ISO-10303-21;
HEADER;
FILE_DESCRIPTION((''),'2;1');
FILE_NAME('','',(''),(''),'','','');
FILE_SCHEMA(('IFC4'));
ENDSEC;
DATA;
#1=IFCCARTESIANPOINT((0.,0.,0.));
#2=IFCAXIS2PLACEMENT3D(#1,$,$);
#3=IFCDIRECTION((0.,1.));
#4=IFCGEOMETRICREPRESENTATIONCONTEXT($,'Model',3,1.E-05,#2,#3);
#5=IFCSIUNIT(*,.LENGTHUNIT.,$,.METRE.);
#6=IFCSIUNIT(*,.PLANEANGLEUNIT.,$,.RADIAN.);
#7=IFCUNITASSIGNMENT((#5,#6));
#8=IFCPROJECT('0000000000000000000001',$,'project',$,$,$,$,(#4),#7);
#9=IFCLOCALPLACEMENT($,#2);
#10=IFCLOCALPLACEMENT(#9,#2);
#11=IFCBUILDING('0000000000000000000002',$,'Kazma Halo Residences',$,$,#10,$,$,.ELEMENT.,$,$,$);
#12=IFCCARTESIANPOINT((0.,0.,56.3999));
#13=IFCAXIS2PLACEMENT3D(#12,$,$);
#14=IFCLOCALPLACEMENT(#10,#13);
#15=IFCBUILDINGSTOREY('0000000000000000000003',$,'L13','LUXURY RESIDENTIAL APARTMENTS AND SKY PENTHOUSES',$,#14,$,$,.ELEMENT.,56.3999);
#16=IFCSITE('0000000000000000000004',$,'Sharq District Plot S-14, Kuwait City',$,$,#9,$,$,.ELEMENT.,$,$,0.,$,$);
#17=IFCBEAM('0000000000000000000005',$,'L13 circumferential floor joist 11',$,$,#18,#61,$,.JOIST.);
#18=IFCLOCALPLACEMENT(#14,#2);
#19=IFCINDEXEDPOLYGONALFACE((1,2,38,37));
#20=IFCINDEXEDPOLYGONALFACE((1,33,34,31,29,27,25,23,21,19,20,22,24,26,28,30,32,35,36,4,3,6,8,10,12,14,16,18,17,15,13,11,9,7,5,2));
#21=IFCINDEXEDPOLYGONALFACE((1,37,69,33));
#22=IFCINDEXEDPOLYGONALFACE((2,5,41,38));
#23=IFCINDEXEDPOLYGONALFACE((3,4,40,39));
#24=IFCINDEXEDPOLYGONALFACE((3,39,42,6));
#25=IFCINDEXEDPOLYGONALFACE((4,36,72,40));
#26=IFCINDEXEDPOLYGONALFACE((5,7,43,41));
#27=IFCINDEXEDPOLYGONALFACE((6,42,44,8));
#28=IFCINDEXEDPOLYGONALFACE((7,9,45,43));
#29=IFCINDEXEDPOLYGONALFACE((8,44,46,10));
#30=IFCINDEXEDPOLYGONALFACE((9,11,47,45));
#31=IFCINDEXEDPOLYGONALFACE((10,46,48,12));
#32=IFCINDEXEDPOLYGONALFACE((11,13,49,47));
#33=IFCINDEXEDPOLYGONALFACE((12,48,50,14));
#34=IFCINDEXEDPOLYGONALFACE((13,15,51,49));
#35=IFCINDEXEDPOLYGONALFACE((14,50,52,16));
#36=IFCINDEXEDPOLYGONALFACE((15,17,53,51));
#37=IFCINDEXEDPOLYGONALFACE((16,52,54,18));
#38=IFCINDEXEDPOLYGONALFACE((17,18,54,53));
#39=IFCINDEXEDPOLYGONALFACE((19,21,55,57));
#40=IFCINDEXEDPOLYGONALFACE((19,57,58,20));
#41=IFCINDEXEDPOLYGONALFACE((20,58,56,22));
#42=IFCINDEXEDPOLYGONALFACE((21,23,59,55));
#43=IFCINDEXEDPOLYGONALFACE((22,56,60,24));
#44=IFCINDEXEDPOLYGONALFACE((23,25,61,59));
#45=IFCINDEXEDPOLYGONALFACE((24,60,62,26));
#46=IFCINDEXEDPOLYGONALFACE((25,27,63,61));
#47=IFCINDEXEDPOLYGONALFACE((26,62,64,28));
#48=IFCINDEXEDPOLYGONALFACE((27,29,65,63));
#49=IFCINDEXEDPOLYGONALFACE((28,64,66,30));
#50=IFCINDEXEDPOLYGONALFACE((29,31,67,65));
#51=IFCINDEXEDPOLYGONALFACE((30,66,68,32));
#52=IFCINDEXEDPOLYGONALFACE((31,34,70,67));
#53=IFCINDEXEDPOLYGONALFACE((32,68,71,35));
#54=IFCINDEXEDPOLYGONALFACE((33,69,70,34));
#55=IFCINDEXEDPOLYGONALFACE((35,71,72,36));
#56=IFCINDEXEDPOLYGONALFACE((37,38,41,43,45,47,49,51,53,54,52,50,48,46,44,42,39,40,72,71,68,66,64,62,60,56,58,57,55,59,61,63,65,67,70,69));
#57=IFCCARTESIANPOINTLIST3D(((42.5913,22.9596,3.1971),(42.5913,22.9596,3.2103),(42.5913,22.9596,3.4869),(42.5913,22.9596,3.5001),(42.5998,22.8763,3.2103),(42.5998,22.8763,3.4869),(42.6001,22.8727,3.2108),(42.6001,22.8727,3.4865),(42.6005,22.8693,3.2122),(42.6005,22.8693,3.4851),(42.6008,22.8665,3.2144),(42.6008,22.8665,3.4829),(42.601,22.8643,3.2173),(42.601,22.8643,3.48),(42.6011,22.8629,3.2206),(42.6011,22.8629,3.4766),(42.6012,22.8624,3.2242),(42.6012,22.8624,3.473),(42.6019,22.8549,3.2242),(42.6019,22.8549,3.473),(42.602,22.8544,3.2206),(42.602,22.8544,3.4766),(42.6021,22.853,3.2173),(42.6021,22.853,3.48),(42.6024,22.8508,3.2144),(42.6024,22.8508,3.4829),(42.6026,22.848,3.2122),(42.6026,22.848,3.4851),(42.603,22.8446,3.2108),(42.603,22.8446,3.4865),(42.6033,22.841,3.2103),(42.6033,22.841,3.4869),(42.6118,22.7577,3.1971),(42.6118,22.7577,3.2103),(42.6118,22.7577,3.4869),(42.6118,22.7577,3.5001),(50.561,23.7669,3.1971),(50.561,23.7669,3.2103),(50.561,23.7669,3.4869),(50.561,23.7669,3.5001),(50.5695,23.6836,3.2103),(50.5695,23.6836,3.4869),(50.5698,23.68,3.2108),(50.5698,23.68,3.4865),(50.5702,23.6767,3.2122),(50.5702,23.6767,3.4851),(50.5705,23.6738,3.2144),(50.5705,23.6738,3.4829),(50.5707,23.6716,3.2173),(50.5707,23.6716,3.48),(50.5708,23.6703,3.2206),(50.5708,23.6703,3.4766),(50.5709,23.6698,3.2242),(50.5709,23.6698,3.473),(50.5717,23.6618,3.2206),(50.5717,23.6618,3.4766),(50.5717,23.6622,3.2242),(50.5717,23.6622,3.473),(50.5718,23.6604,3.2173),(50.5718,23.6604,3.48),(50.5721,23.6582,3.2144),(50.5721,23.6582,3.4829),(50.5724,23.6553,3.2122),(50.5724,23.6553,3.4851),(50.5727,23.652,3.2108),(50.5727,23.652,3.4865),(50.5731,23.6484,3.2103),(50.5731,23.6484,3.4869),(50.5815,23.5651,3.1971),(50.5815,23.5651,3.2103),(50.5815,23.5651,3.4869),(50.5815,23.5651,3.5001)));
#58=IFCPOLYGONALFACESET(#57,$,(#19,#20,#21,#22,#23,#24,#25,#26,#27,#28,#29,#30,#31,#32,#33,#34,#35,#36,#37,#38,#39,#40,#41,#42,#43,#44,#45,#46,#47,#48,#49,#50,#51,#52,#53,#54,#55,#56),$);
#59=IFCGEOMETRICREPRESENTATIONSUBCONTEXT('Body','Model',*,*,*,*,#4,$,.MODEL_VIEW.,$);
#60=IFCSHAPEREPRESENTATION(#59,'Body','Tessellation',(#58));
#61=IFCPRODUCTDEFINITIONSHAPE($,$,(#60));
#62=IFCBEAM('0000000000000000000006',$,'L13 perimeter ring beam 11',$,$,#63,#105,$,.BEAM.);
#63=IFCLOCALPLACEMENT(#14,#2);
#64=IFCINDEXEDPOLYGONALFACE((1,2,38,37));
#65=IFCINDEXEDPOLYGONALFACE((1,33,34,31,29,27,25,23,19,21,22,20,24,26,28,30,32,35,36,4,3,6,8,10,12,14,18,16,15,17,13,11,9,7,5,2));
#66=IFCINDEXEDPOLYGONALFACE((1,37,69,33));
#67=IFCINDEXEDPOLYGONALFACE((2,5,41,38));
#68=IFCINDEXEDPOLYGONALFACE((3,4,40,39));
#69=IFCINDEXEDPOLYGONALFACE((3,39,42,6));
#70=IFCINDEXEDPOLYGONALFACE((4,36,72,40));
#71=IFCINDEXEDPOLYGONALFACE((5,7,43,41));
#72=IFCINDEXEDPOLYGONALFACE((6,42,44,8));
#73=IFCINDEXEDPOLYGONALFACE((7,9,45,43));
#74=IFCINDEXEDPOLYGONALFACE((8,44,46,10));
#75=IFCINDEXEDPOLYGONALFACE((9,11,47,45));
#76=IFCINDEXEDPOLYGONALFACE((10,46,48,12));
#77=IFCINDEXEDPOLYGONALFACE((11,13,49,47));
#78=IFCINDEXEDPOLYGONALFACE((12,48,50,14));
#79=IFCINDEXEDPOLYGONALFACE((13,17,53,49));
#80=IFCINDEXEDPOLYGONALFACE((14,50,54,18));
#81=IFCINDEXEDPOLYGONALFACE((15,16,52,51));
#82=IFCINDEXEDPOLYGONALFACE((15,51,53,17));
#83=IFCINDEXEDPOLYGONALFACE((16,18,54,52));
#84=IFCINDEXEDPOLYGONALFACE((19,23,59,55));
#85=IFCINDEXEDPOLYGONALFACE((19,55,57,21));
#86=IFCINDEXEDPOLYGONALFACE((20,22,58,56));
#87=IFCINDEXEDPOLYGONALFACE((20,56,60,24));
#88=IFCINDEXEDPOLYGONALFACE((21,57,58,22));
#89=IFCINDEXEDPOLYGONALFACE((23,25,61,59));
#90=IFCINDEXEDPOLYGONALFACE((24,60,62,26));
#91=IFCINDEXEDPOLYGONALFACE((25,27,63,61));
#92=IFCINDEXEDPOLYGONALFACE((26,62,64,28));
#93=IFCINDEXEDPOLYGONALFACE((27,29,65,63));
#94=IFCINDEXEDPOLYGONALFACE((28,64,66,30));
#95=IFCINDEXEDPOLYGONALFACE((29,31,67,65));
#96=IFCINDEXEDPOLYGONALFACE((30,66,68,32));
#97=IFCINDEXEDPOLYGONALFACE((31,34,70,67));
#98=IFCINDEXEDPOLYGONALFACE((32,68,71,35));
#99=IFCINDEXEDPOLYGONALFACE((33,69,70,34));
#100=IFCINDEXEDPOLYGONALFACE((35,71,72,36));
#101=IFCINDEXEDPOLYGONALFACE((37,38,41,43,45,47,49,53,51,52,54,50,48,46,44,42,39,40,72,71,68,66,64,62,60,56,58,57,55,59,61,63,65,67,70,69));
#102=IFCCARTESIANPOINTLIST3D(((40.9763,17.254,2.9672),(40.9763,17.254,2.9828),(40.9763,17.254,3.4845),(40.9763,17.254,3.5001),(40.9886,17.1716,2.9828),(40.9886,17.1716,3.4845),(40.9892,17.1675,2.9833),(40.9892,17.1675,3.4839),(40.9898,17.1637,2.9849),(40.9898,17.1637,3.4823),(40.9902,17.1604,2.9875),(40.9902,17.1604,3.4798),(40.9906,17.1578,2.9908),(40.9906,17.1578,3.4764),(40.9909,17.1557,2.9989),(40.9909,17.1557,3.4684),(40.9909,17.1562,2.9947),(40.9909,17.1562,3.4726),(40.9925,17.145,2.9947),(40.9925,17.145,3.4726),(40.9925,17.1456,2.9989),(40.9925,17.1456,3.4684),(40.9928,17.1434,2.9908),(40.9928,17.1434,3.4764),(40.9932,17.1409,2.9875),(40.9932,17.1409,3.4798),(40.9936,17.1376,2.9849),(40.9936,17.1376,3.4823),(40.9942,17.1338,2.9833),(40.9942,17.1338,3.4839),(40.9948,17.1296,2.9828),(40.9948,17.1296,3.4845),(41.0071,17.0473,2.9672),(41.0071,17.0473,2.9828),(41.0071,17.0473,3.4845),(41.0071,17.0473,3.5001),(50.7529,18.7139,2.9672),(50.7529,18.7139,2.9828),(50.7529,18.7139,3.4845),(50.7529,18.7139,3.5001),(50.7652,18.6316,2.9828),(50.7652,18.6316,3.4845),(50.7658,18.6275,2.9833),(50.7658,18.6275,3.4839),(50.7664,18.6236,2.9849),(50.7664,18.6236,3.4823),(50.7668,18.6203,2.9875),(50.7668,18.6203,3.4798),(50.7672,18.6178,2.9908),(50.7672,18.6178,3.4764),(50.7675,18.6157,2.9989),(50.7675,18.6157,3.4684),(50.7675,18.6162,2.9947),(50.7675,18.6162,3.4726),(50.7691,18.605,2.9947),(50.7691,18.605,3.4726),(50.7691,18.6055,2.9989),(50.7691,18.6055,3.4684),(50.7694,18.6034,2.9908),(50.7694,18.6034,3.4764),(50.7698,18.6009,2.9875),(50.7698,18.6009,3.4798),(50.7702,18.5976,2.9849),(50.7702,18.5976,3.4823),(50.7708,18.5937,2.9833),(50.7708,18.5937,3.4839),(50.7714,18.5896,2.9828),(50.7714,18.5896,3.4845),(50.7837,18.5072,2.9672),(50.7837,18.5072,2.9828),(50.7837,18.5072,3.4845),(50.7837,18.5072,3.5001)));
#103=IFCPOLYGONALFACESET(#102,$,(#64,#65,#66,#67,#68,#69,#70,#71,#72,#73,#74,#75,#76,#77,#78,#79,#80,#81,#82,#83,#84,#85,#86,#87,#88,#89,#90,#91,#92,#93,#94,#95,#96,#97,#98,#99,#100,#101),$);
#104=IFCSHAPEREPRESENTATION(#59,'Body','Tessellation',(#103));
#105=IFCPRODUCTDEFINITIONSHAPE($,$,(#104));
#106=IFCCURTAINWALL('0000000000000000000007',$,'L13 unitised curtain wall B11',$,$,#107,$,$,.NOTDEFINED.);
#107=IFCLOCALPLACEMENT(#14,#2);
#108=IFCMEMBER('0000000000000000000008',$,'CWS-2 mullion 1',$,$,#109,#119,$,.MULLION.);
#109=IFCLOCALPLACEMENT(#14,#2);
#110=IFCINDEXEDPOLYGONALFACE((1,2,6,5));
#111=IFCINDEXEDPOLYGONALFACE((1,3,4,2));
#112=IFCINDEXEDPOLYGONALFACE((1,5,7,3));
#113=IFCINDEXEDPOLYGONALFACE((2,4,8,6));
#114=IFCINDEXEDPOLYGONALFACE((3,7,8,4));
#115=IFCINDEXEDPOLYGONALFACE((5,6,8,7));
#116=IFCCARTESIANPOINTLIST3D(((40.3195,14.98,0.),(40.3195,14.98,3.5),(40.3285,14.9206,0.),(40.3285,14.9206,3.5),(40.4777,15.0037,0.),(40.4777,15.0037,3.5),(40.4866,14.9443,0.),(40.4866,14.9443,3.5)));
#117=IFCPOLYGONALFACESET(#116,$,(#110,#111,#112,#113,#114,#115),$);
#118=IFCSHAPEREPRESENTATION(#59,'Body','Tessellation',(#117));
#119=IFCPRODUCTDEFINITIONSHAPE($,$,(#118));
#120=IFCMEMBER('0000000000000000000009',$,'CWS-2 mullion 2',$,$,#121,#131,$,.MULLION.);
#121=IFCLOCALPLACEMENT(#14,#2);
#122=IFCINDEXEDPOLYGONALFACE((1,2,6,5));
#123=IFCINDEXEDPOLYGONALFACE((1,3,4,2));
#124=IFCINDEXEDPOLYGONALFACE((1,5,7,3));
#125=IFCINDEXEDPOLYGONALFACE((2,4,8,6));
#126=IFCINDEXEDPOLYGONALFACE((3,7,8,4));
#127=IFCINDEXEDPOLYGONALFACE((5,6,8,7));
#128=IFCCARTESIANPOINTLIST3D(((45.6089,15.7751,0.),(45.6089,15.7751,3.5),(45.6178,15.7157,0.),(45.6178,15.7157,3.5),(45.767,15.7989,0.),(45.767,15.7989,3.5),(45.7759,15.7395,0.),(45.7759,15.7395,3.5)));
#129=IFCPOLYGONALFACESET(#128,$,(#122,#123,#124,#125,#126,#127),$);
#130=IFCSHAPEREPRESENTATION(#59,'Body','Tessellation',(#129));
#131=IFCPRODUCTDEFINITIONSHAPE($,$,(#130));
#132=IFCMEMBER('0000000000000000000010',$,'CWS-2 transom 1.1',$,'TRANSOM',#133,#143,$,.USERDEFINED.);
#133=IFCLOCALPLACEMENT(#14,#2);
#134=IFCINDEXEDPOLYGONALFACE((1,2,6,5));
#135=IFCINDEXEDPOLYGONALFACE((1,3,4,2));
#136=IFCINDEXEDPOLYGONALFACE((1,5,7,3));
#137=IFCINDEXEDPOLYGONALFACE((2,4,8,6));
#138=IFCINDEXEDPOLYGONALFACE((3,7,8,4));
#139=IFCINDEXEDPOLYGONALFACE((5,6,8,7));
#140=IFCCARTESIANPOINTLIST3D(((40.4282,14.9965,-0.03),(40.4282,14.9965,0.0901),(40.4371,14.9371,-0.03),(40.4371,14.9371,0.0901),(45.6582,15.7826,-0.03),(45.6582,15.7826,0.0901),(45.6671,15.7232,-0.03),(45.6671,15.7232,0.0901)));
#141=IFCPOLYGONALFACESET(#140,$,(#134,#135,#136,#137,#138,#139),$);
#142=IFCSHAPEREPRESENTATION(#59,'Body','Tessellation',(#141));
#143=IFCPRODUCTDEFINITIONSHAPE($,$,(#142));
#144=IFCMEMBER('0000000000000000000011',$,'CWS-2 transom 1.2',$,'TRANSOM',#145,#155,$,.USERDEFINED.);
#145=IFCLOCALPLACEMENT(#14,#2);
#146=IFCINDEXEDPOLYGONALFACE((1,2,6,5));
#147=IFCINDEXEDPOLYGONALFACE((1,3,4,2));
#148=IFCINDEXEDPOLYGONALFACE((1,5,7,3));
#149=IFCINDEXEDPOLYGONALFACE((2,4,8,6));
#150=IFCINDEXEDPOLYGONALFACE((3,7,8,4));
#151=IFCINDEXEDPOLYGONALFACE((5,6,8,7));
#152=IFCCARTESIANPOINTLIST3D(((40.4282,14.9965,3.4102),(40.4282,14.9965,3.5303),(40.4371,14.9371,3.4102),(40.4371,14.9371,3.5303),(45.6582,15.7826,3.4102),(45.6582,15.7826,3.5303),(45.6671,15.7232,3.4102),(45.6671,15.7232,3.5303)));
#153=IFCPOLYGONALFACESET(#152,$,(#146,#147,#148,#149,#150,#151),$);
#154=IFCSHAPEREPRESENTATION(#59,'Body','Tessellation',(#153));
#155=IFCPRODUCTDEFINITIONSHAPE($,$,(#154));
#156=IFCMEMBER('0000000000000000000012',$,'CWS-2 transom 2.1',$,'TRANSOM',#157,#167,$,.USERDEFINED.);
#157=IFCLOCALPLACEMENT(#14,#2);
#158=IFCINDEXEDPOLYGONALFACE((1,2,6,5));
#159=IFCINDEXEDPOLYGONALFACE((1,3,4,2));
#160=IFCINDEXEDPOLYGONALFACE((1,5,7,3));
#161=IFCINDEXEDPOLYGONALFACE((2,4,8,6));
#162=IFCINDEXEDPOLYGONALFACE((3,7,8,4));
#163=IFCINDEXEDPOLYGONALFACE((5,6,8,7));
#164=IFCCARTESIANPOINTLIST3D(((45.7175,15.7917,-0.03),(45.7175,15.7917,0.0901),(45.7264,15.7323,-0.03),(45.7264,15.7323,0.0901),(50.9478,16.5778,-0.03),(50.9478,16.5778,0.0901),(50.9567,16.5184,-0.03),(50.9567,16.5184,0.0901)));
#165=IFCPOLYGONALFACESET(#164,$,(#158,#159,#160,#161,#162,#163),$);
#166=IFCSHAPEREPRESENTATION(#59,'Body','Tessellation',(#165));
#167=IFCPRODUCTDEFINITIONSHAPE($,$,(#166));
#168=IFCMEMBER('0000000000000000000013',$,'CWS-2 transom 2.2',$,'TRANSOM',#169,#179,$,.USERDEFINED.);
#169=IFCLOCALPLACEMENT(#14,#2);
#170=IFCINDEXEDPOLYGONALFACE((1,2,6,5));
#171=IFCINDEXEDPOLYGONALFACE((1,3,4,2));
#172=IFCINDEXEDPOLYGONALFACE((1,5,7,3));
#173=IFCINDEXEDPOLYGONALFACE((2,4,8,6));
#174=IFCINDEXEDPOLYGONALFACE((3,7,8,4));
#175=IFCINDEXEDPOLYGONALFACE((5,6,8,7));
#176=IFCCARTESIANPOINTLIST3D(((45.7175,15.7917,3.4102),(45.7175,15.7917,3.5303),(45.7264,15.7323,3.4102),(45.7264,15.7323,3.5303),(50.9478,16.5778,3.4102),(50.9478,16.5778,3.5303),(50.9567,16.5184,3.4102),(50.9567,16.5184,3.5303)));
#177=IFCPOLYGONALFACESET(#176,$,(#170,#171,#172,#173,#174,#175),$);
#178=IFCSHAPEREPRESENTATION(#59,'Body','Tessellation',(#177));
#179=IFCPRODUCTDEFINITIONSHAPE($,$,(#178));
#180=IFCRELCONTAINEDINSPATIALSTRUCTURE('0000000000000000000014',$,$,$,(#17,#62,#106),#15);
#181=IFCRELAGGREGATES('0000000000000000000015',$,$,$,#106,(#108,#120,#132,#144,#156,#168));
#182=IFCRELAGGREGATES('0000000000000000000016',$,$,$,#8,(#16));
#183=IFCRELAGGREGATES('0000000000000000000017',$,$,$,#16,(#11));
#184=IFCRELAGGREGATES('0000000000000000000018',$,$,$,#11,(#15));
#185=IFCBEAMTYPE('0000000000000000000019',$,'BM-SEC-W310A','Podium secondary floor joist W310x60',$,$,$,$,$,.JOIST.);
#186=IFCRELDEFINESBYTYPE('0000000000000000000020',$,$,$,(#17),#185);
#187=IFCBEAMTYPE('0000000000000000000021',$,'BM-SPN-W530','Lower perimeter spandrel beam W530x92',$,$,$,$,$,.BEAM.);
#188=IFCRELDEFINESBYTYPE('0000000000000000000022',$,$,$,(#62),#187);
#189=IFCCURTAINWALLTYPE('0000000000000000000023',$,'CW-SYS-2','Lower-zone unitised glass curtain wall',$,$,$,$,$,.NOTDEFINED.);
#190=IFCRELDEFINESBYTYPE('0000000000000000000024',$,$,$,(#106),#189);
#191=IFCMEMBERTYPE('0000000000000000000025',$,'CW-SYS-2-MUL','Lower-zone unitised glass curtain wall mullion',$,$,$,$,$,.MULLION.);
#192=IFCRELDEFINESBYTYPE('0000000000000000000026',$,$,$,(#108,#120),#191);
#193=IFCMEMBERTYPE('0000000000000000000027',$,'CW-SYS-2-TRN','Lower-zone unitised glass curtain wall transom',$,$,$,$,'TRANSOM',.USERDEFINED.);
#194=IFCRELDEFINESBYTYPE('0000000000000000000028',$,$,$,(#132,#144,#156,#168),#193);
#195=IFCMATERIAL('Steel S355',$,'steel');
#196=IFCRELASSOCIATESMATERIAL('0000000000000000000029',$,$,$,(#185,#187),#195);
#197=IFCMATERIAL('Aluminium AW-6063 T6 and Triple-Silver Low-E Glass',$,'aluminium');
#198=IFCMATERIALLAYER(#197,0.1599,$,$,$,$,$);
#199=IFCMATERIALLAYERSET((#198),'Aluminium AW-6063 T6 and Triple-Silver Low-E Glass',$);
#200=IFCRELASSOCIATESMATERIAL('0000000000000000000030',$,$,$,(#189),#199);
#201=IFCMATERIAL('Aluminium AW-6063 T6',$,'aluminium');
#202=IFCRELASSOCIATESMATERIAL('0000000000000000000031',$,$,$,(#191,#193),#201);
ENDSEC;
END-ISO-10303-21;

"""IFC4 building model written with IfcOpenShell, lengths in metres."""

from ifc_helpers import new_model, si_unit, direction, frame, origin, origin_2d, place, context, subcontext, project, spatial, rectangle, i_section, extrude, material, layer, layer_set, material_profile, profile_set, type_object, element, aggregate, save


model = new_model("IFC4")

# Units and contexts
model_context = context("Model", 3, precision=1e-05, world=origin(), true_north=direction((0.0, 1.0)))
body_context = subcontext(model_context, "Body", "Model", "MODEL_VIEW")
ifc_project = project(units=[si_unit("LENGTHUNIT", "METRE"), si_unit("PLANEANGLEUNIT", "RADIAN")], contexts=[model_context])

# Site, building, storey
site_placement = place(None, origin())
site = spatial("IfcSite", under=ifc_project, at=site_placement, Name="Sharq District Plot S-14, Kuwait City", CompositionType="ELEMENT", RefElevation=0.0)
building_placement = place(site_placement, origin())
building = spatial("IfcBuilding", under=site, at=building_placement, Name="Kazma Halo Residences", CompositionType="ELEMENT")
storey_placement = place(building_placement, frame((0.0, 0.0, 56.3999)))
storey = spatial("IfcBuildingStorey", under=building, at=storey_placement, Name="L13", Description="LUXURY RESIDENTIAL APARTMENTS AND SKY PENTHOUSES", CompositionType="ELEMENT", Elevation=56.3999)

# Beams
ifc_material_1 = material(Name="Steel S355", Category="steel")
ifc_material_profile_1 = material_profile(ifc_material_1, i_section(OverallWidth=0.2029, OverallDepth=0.303, WebThickness=0.0076, FlangeThickness=0.0132, FilletRadius=0.0139, at=origin_2d()), Name="W310x60")
ifc_profile_set_1 = profile_set([ifc_material_profile_1], Name="Steel S355")
beam_type_1 = type_object("IfcBeamType", Name="BM-SEC-W310A", Description="Podium secondary floor joist W310x60", PredefinedType="JOIST", material=ifc_profile_set_1)
beam_1_placement = place(storey_placement, frame((42.6016, 22.8586, 3.3486), z_axis=(0.994908, 0.100789, 0.0), x_axis=(-0.100789, 0.994908, 0.0)))
element("IfcBeam", 1, at=beam_1_placement, inside=storey, type_object=beam_type_1, Name="L13 circumferential floor joist 11", PredefinedType="JOIST", context=body_context, shape_type="SweptSolid", body=[
    extrude(i_section(OverallWidth=0.2029, OverallDepth=0.303, WebThickness=0.0076, FlangeThickness=0.0132, FilletRadius=0.0139, at=origin_2d()), origin(), (0.0, 0.0, 1.0), 8.0105),
])
ifc_material_profile_2 = material_profile(ifc_material_1, i_section(OverallWidth=0.209, OverallDepth=0.533, WebThickness=0.0103, FlangeThickness=0.0156, FilletRadius=0.0161, at=origin_2d()), Name="W530x92")
ifc_profile_set_2 = profile_set([ifc_material_profile_2], Name="Steel S355")
beam_type_2 = type_object("IfcBeamType", Name="BM-SPN-W530", Description="Lower perimeter spandrel beam W530x92", PredefinedType="BEAM", material=ifc_profile_set_2)
beam_2_placement = place(storey_placement, frame((40.9917, 17.1506, 3.2336), z_axis=(0.989033, 0.147694, 0.0), x_axis=(-0.147694, 0.989033, 0.0)))
element("IfcBeam", 2, at=beam_2_placement, inside=storey, type_object=beam_type_2, Name="L13 perimeter ring beam 11", PredefinedType="BEAM", context=body_context, shape_type="SweptSolid", body=[
    extrude(i_section(OverallWidth=0.209, OverallDepth=0.533, WebThickness=0.0103, FlangeThickness=0.0156, FilletRadius=0.0161, at=origin_2d()), origin(), (0.0, 0.0, 1.0), 9.885),
])

# Curtain wall, members
ifc_material_2 = material(Name="Aluminium AW-6063 T6 and Triple-Silver Low-E Glass", Category="aluminium")
ifc_layer_1 = layer(ifc_material_2, 0.1599)
ifc_layer_set_1 = layer_set([ifc_layer_1], Name="Aluminium AW-6063 T6 and Triple-Silver Low-E Glass")
curtain_wall_type = type_object("IfcCurtainWallType", Name="CW-SYS-2", Description="Lower-zone unitised glass curtain wall", PredefinedType="NOTDEFINED", material=ifc_layer_set_1)
curtain_wall_placement = place(storey_placement, origin())
curtain_wall = element("IfcCurtainWall", 3, at=curtain_wall_placement, inside=storey, type_object=curtain_wall_type, Name="L13 unitised curtain wall B11", PredefinedType="NOTDEFINED")
ifc_material_3 = material(Name="Aluminium AW-6063 T6", Category="aluminium")
ifc_material_profile_3 = material_profile(ifc_material_3, rectangle(XDim=0.0601, YDim=0.1599, at=origin_2d()), Name="CWM-60x160")
ifc_profile_set_3 = profile_set([ifc_material_profile_3], Name="Aluminium AW-6063 T6")
member_type_1 = type_object("IfcMemberType", Name="CW-SYS-2-MUL", Description="Lower-zone unitised glass curtain wall mullion", PredefinedType="MULLION", material=ifc_profile_set_3)
member_1_placement = place(storey_placement, frame((40.4031, 14.9622, 0.0), z_axis=(0.0, 0.0, 1.0), x_axis=(-0.148657, 0.988889, 0.0)))
member_1 = element("IfcMember", 4, at=member_1_placement, type_object=member_type_1, Name="CWS-2 mullion 1", PredefinedType="MULLION", context=body_context, shape_type="SweptSolid", body=[
    extrude(rectangle(XDim=0.0601, YDim=0.1599, at=origin_2d()), origin(), (0.0, 0.0, 1.0), 3.5),
])
member_2_placement = place(storey_placement, frame((45.6924, 15.7573, 0.0), z_axis=(0.0, 0.0, 1.0), x_axis=(-0.148657, 0.988889, 0.0)))
member_2 = element("IfcMember", 5, at=member_2_placement, type_object=member_type_1, Name="CWS-2 mullion 2", PredefinedType="MULLION", context=body_context, shape_type="SweptSolid", body=[
    extrude(rectangle(XDim=0.0601, YDim=0.1599, at=origin_2d()), origin(), (0.0, 0.0, 1.0), 3.5),
])
ifc_material_profile_4 = material_profile(ifc_material_3, rectangle(XDim=0.0601, YDim=0.1201, at=origin_2d()), Name="CWT-60x120")
ifc_profile_set_4 = profile_set([ifc_material_profile_4], Name="Aluminium AW-6063 T6")
member_type_2 = type_object("IfcMemberType", Name="CW-SYS-2-TRN", Description="Lower-zone unitised glass curtain wall transom", ElementType="TRANSOM", PredefinedType="USERDEFINED", material=ifc_profile_set_4)
member_3_placement = place(storey_placement, frame((40.4326, 14.9668, 0.03), z_axis=(0.988891, 0.148643, 0.0), x_axis=(-0.148643, 0.988891, 0.0)))
member_3 = element("IfcMember", 6, at=member_3_placement, type_object=member_type_2, Name="CWS-2 transom 1.1", ObjectType="TRANSOM", PredefinedType="USERDEFINED", context=body_context, shape_type="SweptSolid", body=[
    extrude(rectangle(XDim=0.0601, YDim=0.1201, at=origin_2d()), origin(), (0.0, 0.0, 1.0), 5.2888),
])
member_4_placement = place(storey_placement, frame((40.4326, 14.9668, 3.4702), z_axis=(0.988891, 0.148643, 0.0), x_axis=(-0.148643, 0.988891, 0.0)))
member_4 = element("IfcMember", 7, at=member_4_placement, type_object=member_type_2, Name="CWS-2 transom 1.2", ObjectType="TRANSOM", PredefinedType="USERDEFINED", context=body_context, shape_type="SweptSolid", body=[
    extrude(rectangle(XDim=0.0601, YDim=0.1201, at=origin_2d()), origin(), (0.0, 0.0, 1.0), 5.2888),
])
member_5_placement = place(storey_placement, frame((45.7219, 15.762, 0.03), z_axis=(0.988892, 0.148636, 0.0), x_axis=(-0.148636, 0.988892, 0.0)))
member_5 = element("IfcMember", 8, at=member_5_placement, type_object=member_type_2, Name="CWS-2 transom 2.1", ObjectType="TRANSOM", PredefinedType="USERDEFINED", context=body_context, shape_type="SweptSolid", body=[
    extrude(rectangle(XDim=0.0601, YDim=0.1201, at=origin_2d()), origin(), (0.0, 0.0, 1.0), 5.2891),
])
member_6_placement = place(storey_placement, frame((45.7219, 15.762, 3.4702), z_axis=(0.988892, 0.148636, 0.0), x_axis=(-0.148636, 0.988892, 0.0)))
member_6 = element("IfcMember", 9, at=member_6_placement, type_object=member_type_2, Name="CWS-2 transom 2.2", ObjectType="TRANSOM", PredefinedType="USERDEFINED", context=body_context, shape_type="SweptSolid", body=[
    extrude(rectangle(XDim=0.0601, YDim=0.1201, at=origin_2d()), origin(), (0.0, 0.0, 1.0), 5.2891),
])
aggregate(curtain_wall, [member_1, member_2, member_3, member_4, member_5, member_6])

save(model, "model.ifc")
